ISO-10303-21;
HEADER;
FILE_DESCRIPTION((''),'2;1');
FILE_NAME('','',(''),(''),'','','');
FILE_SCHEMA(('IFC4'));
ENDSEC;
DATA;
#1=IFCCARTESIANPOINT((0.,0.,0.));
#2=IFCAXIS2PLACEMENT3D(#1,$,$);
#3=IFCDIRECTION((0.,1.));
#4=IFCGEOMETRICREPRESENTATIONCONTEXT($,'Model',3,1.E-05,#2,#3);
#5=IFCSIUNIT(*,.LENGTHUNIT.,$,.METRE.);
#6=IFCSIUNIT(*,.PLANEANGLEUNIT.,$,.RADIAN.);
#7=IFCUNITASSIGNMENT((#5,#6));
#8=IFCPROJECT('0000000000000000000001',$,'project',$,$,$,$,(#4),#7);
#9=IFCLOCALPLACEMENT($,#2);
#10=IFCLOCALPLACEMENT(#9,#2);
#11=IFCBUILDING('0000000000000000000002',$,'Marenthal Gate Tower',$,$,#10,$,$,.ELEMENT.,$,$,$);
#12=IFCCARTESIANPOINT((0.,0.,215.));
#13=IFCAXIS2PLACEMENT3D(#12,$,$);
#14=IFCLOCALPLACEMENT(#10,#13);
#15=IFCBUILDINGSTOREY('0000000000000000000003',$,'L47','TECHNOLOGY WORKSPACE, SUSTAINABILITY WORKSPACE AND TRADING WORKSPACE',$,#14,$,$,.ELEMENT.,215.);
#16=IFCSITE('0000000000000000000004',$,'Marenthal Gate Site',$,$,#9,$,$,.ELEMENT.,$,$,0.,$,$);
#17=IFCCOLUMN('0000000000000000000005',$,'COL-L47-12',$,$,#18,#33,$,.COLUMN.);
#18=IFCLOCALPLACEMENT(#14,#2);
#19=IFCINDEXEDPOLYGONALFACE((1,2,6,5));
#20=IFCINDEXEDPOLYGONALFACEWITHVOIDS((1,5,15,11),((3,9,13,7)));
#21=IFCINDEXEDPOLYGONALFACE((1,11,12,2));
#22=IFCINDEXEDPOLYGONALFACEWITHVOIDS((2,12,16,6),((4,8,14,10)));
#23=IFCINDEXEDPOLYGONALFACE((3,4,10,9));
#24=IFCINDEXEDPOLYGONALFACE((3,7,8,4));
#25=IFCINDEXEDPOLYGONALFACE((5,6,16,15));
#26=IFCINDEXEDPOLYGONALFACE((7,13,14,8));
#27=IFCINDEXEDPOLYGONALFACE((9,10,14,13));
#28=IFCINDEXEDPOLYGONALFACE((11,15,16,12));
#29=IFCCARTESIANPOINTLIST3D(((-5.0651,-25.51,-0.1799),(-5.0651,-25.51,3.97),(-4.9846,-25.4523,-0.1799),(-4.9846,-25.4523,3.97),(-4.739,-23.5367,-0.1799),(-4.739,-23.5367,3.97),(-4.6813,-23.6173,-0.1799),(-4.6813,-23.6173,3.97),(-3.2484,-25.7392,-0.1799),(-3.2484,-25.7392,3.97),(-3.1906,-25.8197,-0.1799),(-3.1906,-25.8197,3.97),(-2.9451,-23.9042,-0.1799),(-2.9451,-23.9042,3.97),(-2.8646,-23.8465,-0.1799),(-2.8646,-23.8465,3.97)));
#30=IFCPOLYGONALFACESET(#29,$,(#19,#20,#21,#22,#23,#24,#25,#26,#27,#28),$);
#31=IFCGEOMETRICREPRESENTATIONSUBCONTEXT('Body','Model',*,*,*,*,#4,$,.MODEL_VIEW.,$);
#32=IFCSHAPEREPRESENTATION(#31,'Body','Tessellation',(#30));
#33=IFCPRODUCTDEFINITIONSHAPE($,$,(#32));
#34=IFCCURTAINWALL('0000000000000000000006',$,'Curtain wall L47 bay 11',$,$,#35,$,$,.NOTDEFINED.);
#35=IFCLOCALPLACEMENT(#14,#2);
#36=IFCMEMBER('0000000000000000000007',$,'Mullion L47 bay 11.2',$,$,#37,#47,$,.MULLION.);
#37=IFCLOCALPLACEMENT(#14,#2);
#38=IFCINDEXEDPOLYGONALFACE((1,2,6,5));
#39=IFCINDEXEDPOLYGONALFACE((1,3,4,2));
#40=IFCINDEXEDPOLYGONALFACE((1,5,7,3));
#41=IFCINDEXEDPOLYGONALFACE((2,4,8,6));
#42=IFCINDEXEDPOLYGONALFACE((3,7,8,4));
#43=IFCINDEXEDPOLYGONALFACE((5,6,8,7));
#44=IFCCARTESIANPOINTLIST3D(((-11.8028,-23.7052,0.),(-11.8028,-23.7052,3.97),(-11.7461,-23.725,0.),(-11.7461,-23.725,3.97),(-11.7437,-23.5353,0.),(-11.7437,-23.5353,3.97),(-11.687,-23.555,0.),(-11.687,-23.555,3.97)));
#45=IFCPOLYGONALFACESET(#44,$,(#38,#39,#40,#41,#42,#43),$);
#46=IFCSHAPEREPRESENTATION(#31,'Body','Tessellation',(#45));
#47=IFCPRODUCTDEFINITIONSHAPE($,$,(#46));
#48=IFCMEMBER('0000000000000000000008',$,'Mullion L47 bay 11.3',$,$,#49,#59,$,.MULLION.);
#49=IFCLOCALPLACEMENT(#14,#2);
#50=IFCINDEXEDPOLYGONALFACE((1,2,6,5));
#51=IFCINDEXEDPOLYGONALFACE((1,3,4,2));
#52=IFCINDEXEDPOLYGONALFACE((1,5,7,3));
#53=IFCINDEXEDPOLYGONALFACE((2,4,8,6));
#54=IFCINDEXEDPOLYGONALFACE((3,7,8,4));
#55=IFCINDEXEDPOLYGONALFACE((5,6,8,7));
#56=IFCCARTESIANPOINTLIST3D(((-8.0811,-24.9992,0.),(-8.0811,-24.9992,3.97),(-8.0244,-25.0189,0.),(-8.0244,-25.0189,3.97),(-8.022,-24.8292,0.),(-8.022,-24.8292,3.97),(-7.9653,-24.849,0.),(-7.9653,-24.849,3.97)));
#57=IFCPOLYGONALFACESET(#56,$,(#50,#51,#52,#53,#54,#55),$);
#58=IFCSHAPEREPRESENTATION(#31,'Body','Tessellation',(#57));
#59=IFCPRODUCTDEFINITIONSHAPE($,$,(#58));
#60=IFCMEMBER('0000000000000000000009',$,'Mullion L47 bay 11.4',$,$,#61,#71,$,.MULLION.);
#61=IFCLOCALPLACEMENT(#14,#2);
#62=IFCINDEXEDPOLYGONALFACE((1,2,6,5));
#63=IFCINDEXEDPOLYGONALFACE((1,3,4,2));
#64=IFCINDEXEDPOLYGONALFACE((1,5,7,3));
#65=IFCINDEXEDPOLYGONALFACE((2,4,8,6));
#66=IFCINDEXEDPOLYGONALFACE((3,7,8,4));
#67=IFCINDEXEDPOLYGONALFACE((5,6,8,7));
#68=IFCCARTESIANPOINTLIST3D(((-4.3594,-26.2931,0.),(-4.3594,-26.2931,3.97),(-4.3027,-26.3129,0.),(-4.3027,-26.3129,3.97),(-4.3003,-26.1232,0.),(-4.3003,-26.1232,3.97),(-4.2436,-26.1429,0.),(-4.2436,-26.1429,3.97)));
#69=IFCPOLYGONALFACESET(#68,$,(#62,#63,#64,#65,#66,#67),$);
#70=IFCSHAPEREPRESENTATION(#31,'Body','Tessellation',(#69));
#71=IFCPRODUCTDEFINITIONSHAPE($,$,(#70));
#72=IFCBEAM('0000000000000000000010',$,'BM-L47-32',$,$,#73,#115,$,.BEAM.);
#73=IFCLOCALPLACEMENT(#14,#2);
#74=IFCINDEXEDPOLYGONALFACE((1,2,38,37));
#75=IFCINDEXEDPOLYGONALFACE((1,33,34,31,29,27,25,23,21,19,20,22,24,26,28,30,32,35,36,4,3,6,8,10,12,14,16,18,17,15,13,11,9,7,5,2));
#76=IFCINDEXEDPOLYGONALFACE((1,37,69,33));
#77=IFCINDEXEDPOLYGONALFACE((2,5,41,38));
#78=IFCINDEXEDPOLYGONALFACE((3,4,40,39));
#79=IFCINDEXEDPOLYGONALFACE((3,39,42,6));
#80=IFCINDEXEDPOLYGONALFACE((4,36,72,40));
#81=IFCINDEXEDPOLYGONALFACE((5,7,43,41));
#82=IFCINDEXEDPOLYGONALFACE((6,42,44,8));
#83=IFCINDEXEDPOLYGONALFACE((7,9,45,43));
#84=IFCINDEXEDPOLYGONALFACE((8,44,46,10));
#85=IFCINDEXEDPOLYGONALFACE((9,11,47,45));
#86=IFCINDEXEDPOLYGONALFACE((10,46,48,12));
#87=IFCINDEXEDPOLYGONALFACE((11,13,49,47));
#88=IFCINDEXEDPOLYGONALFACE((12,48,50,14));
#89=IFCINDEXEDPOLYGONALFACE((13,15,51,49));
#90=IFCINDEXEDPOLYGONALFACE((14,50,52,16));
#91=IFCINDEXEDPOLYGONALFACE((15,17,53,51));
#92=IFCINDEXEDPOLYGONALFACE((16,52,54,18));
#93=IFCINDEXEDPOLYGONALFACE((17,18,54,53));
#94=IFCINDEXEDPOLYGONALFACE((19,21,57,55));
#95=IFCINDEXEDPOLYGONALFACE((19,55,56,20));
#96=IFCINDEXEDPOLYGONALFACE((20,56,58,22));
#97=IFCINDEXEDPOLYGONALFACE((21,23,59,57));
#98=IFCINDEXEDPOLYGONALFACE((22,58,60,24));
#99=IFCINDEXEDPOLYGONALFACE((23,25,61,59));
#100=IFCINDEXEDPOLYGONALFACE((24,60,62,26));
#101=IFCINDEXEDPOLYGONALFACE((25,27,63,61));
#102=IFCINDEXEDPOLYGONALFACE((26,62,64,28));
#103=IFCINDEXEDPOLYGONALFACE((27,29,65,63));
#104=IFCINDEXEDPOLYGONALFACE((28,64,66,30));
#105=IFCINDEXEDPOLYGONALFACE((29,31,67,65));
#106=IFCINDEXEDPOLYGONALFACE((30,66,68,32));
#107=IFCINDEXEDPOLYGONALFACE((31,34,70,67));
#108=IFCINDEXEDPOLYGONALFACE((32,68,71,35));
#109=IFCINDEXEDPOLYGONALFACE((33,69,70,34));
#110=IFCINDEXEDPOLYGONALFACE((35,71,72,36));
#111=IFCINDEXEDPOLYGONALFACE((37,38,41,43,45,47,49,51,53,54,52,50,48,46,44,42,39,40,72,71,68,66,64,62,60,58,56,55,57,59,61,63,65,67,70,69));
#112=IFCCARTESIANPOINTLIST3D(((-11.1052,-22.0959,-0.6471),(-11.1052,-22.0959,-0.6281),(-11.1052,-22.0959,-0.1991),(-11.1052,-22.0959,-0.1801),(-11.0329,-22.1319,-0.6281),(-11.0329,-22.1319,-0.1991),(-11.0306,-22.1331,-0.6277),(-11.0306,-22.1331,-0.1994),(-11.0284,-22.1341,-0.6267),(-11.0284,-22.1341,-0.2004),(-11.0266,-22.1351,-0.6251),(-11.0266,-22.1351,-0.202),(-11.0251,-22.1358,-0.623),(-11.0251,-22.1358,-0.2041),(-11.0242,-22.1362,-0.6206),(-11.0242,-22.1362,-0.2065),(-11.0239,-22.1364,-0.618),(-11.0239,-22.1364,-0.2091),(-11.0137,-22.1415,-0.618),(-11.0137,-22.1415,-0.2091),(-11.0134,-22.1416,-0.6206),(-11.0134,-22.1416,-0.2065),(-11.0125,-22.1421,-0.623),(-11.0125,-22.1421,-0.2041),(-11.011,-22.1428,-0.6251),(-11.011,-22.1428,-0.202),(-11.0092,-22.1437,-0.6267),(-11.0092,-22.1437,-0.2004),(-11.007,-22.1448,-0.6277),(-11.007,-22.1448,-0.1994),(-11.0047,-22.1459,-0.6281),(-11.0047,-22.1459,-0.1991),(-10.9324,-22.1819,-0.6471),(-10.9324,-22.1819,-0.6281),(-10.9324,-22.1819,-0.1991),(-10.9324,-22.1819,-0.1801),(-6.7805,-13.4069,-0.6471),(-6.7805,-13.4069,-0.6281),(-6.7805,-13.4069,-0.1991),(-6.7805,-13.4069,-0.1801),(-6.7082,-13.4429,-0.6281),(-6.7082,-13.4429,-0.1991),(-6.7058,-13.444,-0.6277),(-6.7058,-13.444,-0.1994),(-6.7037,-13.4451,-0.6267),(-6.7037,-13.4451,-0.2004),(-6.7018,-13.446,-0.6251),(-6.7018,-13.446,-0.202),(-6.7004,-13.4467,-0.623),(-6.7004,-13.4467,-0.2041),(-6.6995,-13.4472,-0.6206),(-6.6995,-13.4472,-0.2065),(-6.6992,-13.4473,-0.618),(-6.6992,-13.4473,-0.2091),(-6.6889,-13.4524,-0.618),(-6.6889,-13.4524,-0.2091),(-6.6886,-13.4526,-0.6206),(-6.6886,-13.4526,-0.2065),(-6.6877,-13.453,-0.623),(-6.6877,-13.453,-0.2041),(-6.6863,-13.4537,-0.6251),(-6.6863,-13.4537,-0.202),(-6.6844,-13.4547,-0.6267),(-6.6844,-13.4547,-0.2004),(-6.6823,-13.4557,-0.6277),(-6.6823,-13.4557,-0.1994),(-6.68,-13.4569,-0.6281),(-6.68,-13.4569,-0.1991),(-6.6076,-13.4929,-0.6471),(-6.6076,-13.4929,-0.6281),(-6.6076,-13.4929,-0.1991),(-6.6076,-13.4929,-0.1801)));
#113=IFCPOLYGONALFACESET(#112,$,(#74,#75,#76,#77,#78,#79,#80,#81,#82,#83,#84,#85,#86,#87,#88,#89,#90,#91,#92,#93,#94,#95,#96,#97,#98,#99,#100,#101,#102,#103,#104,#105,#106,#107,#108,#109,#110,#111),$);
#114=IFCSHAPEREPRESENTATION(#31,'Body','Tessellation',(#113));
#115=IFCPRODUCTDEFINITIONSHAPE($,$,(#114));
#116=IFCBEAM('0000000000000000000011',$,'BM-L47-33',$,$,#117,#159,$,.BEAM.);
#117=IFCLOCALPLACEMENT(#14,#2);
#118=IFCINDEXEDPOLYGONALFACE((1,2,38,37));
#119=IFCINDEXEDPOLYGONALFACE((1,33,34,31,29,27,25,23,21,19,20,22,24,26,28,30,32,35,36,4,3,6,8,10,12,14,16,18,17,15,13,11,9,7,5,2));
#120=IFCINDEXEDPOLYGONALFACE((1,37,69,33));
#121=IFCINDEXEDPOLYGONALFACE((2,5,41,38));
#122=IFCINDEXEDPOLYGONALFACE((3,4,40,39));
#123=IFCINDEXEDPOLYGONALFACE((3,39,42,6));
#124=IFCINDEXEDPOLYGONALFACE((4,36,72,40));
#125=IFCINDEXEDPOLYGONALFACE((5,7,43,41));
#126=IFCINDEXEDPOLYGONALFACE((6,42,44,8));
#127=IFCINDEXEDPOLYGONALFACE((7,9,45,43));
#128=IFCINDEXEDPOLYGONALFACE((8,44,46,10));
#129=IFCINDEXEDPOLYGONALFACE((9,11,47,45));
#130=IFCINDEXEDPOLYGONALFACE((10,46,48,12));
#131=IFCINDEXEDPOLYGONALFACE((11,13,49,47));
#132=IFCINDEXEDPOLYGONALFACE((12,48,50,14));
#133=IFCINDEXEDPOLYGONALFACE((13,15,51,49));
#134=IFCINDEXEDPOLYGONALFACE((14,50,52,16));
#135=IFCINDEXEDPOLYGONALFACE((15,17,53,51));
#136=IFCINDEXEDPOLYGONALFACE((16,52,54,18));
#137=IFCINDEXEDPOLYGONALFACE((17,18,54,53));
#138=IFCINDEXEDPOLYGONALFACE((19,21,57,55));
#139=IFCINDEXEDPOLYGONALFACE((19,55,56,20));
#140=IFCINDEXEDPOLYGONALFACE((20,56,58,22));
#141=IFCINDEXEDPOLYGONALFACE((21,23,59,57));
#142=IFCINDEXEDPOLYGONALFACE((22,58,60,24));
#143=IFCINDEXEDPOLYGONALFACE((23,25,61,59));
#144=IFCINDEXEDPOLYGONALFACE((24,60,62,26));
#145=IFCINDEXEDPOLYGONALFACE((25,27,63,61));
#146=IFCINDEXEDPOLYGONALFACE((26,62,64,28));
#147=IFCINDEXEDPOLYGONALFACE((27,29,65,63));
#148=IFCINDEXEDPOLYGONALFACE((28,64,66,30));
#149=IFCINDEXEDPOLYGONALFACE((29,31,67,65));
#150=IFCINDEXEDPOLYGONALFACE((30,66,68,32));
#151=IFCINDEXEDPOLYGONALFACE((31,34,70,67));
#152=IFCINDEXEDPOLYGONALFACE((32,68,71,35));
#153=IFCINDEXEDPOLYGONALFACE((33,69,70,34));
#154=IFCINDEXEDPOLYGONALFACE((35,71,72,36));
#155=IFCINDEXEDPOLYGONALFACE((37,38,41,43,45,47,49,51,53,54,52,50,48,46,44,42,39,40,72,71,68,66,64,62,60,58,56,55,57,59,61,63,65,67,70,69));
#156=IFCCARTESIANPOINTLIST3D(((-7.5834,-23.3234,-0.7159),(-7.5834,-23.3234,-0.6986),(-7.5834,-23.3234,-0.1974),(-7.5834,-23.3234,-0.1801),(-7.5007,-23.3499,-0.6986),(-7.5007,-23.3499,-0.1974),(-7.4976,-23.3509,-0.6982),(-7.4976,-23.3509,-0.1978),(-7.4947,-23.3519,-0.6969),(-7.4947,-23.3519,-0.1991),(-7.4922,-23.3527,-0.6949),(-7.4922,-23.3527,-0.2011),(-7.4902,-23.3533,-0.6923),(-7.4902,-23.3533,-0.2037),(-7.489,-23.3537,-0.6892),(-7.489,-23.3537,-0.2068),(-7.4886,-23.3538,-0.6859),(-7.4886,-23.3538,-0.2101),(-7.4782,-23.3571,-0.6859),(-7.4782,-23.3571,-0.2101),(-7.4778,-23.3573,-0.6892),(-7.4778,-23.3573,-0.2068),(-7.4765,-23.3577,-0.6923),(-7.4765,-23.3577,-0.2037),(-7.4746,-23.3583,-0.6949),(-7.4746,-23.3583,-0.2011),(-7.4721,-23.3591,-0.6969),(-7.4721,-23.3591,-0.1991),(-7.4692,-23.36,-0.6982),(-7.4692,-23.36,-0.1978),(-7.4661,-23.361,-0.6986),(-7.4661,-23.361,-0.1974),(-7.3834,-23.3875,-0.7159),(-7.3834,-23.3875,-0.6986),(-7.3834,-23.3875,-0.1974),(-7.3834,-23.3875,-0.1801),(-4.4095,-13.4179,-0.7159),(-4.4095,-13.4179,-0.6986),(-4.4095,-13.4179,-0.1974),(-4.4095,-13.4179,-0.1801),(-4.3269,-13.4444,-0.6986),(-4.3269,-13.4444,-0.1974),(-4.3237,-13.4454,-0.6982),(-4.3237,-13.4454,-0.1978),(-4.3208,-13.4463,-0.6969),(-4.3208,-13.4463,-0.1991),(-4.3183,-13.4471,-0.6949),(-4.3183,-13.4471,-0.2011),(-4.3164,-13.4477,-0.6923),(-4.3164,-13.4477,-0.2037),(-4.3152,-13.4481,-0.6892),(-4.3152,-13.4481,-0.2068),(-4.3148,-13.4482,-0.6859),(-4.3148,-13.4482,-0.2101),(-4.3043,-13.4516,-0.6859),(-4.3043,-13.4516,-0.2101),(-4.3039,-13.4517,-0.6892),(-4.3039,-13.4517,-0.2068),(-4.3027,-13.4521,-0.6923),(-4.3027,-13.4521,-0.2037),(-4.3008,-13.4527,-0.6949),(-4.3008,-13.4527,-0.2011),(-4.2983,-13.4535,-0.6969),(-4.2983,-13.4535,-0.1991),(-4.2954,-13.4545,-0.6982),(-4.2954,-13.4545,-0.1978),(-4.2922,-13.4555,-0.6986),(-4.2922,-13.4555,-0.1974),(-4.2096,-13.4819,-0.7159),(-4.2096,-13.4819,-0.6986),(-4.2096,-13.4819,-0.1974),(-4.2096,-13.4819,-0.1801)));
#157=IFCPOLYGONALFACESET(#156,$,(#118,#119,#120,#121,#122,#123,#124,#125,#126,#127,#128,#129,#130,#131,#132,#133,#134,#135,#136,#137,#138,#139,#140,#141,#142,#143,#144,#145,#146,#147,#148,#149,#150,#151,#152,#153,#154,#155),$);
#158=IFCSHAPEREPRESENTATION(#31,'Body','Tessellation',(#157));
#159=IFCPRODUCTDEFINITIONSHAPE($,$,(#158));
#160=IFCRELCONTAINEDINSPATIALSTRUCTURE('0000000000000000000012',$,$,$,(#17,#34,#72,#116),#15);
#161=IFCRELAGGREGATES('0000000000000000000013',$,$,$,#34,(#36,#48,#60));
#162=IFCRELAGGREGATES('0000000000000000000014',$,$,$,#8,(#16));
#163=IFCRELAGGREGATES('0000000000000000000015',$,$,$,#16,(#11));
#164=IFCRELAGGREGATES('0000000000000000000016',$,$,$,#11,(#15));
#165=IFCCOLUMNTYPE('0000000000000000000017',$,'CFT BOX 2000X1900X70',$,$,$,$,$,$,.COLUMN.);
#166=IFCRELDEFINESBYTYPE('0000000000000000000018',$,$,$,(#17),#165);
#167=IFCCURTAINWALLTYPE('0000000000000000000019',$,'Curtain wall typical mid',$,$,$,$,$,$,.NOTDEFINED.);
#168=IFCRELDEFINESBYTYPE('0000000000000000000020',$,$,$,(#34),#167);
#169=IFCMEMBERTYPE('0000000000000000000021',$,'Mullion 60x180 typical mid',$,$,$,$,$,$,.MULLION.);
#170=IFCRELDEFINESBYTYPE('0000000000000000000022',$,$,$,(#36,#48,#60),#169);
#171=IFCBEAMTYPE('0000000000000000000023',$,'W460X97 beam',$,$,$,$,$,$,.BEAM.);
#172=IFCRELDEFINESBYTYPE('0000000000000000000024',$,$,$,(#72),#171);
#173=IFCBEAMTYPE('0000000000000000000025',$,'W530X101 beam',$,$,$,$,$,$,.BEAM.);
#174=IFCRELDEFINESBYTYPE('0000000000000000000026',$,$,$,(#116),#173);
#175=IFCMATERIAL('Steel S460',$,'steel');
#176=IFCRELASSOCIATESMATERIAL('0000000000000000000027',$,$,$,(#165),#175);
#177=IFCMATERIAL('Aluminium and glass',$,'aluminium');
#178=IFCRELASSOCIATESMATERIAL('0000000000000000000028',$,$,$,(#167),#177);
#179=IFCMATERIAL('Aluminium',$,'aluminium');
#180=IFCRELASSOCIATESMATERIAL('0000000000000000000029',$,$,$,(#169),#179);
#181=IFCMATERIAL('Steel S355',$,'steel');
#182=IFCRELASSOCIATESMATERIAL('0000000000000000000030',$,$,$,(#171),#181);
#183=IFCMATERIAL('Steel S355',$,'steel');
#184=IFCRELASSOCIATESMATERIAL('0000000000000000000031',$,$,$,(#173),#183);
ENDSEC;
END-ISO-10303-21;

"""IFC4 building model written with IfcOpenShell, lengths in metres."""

from ifc_helpers import new_model, si_unit, direction, frame, origin, origin_2d, place, context, subcontext, project, spatial, rectangle, hollow_rectangle, i_section, extrude, material, material_profile, profile_set, type_object, element, aggregate, save


model = new_model("IFC4")

# Units and contexts
model_context = context("Model", 3, precision=1e-05, world=origin(), true_north=direction((0.0, 1.0)))
body_context = subcontext(model_context, "Body", "Model", "MODEL_VIEW")
ifc_project = project(units=[si_unit("LENGTHUNIT", "METRE"), si_unit("PLANEANGLEUNIT", "RADIAN")], contexts=[model_context])

# Site, building, storey
site_placement = place(None, origin())
site = spatial("IfcSite", under=ifc_project, at=site_placement, Name="Marenthal Gate Site", CompositionType="ELEMENT", RefElevation=0.0)
building_placement = place(site_placement, origin())
building = spatial("IfcBuilding", under=site, at=building_placement, Name="Marenthal Gate Tower", CompositionType="ELEMENT")
storey_placement = place(building_placement, frame((0.0, 0.0, 215.0)))
storey = spatial("IfcBuildingStorey", under=building, at=storey_placement, Name="L47", Description="TECHNOLOGY WORKSPACE, SUSTAINABILITY WORKSPACE AND TRADING WORKSPACE", CompositionType="ELEMENT", Elevation=215.0)

# Column
ifc_material_1 = material(Name="Steel S460", Category="steel")
ifc_material_profile_1 = material_profile(ifc_material_1, hollow_rectangle(XDim=1.8999, YDim=2.0, WallThickness=0.0701, at=origin_2d()), Name="CFT BOX 2000X1900X70")
ifc_material_2 = material(Name="Concrete 70 MPa", Category="concrete")
ifc_material_profile_2 = material_profile(ifc_material_2, rectangle(XDim=1.76, YDim=1.8601, at=origin_2d()), Name="CFT BOX 2000X1900X70 INFILL")
ifc_profile_set_1 = profile_set([ifc_material_profile_1, ifc_material_profile_2], Name="Steel S460 shell, Concrete 70 MPa infill")
column_type = type_object("IfcColumnType", Name="CFT BOX 2000X1900X70", PredefinedType="COLUMN", material=ifc_profile_set_1)
column_placement = place(storey_placement, frame((-3.9648, -24.6782, -0.1799), z_axis=(0.0, 0.0, 1.0), x_axis=(-0.986619, 0.163044, 0.0)))
element("IfcColumn", 1, at=column_placement, inside=storey, type_object=column_type, Name="COL-L47-12", PredefinedType="COLUMN", context=body_context, shape_type="SweptSolid", body=[
    extrude(hollow_rectangle(XDim=1.8999, YDim=2.0, WallThickness=0.0701, at=origin_2d()), origin(), (0.0, 0.0, 1.0), 4.1499),
])

# Curtain wall, members
ifc_material_3 = material(Name="Aluminium and glass", Category="aluminium")
curtain_wall_type = type_object("IfcCurtainWallType", Name="Curtain wall typical mid", PredefinedType="NOTDEFINED", material=ifc_material_3)
curtain_wall_placement = place(storey_placement, origin())
curtain_wall = element("IfcCurtainWall", 2, at=curtain_wall_placement, inside=storey, type_object=curtain_wall_type, Name="Curtain wall L47 bay 11", PredefinedType="NOTDEFINED")
ifc_material_4 = material(Name="Aluminium", Category="aluminium")
ifc_material_profile_3 = material_profile(ifc_material_4, rectangle(XDim=0.1799, YDim=0.0601, at=origin_2d()), Name="60x180 aluminium mullion")
ifc_profile_set_2 = profile_set([ifc_material_profile_3], Name="Aluminium")
member_type = type_object("IfcMemberType", Name="Mullion 60x180 typical mid", PredefinedType="MULLION", material=ifc_profile_set_2)
member_1_placement = place(storey_placement, frame((-11.7449, -23.6301, 0.0), z_axis=(0.0, 0.0, 1.0), x_axis=(0.3284, 0.944539, 0.0)))
member_1 = element("IfcMember", 3, at=member_1_placement, type_object=member_type, Name="Mullion L47 bay 11.2", PredefinedType="MULLION", context=body_context, shape_type="SweptSolid", body=[
    extrude(rectangle(XDim=0.1799, YDim=0.0601, at=origin_2d()), origin(), (0.0, 0.0, 1.0), 3.97),
])
member_2_placement = place(storey_placement, frame((-8.0232, -24.9241, 0.0), z_axis=(0.0, 0.0, 1.0), x_axis=(0.3284, 0.944539, 0.0)))
member_2 = element("IfcMember", 4, at=member_2_placement, type_object=member_type, Name="Mullion L47 bay 11.3", PredefinedType="MULLION", context=body_context, shape_type="SweptSolid", body=[
    extrude(rectangle(XDim=0.1799, YDim=0.0601, at=origin_2d()), origin(), (0.0, 0.0, 1.0), 3.97),
])
member_3_placement = place(storey_placement, frame((-4.3015, -26.218, 0.0), z_axis=(0.0, 0.0, 1.0), x_axis=(0.3284, 0.944539, 0.0)))
member_3 = element("IfcMember", 5, at=member_3_placement, type_object=member_type, Name="Mullion L47 bay 11.4", PredefinedType="MULLION", context=body_context, shape_type="SweptSolid", body=[
    extrude(rectangle(XDim=0.1799, YDim=0.0601, at=origin_2d()), origin(), (0.0, 0.0, 1.0), 3.97),
])

# Beams
ifc_material_5 = material(Name="Steel S355", Category="steel")
ifc_material_profile_4 = material_profile(ifc_material_5, i_section(OverallWidth=0.1931, OverallDepth=0.467, WebThickness=0.0115, FlangeThickness=0.019, FilletRadius=0.01, at=origin_2d()), Name="W460X97")
ifc_profile_set_3 = profile_set([ifc_material_profile_4], Name="Steel S355")
beam_type_1 = type_object("IfcBeamType", Name="W460X97 beam", PredefinedType="BEAM", material=ifc_profile_set_3)
beam_1_placement = place(storey_placement, frame((-11.0188, -22.1389, -0.4136), z_axis=(0.445583, 0.895241, 0.0), x_axis=(-0.895241, 0.445583, 0.0)))
element("IfcBeam", 6, at=beam_1_placement, inside=storey, type_object=beam_type_1, Name="BM-L47-32", PredefinedType="BEAM", context=body_context, shape_type="SweptSolid", body=[
    extrude(i_section(OverallWidth=0.1931, OverallDepth=0.467, WebThickness=0.0115, FlangeThickness=0.019, FilletRadius=0.01, at=origin_2d()), origin(), (0.0, 0.0, 1.0), 9.7058),
])
ifc_material_6 = material(Name="Steel S355", Category="steel")
ifc_material_profile_5 = material_profile(ifc_material_6, i_section(OverallWidth=0.21, OverallDepth=0.5359, WebThickness=0.011, FlangeThickness=0.0173, FilletRadius=0.0127, at=origin_2d()), Name="W530X101")
ifc_profile_set_4 = profile_set([ifc_material_profile_5], Name="Steel S355")
beam_type_2 = type_object("IfcBeamType", Name="W530X101 beam", PredefinedType="BEAM", material=ifc_profile_set_4)
beam_2_placement = place(storey_placement, frame((-7.4834, -23.3555, -0.448), z_axis=(0.30513, 0.952311, 0.0), x_axis=(-0.952311, 0.30513, 0.0)))
element("IfcBeam", 7, at=beam_2_placement, inside=storey, type_object=beam_type_2, Name="BM-L47-33", PredefinedType="BEAM", context=body_context, shape_type="SweptSolid", body=[
    extrude(i_section(OverallWidth=0.21, OverallDepth=0.5359, WebThickness=0.011, FlangeThickness=0.0173, FilletRadius=0.0127, at=origin_2d()), origin(), (0.0, 0.0, 1.0), 10.4016),
])

aggregate(curtain_wall, [member_1, member_2, member_3])

save(model, "model.ifc")
